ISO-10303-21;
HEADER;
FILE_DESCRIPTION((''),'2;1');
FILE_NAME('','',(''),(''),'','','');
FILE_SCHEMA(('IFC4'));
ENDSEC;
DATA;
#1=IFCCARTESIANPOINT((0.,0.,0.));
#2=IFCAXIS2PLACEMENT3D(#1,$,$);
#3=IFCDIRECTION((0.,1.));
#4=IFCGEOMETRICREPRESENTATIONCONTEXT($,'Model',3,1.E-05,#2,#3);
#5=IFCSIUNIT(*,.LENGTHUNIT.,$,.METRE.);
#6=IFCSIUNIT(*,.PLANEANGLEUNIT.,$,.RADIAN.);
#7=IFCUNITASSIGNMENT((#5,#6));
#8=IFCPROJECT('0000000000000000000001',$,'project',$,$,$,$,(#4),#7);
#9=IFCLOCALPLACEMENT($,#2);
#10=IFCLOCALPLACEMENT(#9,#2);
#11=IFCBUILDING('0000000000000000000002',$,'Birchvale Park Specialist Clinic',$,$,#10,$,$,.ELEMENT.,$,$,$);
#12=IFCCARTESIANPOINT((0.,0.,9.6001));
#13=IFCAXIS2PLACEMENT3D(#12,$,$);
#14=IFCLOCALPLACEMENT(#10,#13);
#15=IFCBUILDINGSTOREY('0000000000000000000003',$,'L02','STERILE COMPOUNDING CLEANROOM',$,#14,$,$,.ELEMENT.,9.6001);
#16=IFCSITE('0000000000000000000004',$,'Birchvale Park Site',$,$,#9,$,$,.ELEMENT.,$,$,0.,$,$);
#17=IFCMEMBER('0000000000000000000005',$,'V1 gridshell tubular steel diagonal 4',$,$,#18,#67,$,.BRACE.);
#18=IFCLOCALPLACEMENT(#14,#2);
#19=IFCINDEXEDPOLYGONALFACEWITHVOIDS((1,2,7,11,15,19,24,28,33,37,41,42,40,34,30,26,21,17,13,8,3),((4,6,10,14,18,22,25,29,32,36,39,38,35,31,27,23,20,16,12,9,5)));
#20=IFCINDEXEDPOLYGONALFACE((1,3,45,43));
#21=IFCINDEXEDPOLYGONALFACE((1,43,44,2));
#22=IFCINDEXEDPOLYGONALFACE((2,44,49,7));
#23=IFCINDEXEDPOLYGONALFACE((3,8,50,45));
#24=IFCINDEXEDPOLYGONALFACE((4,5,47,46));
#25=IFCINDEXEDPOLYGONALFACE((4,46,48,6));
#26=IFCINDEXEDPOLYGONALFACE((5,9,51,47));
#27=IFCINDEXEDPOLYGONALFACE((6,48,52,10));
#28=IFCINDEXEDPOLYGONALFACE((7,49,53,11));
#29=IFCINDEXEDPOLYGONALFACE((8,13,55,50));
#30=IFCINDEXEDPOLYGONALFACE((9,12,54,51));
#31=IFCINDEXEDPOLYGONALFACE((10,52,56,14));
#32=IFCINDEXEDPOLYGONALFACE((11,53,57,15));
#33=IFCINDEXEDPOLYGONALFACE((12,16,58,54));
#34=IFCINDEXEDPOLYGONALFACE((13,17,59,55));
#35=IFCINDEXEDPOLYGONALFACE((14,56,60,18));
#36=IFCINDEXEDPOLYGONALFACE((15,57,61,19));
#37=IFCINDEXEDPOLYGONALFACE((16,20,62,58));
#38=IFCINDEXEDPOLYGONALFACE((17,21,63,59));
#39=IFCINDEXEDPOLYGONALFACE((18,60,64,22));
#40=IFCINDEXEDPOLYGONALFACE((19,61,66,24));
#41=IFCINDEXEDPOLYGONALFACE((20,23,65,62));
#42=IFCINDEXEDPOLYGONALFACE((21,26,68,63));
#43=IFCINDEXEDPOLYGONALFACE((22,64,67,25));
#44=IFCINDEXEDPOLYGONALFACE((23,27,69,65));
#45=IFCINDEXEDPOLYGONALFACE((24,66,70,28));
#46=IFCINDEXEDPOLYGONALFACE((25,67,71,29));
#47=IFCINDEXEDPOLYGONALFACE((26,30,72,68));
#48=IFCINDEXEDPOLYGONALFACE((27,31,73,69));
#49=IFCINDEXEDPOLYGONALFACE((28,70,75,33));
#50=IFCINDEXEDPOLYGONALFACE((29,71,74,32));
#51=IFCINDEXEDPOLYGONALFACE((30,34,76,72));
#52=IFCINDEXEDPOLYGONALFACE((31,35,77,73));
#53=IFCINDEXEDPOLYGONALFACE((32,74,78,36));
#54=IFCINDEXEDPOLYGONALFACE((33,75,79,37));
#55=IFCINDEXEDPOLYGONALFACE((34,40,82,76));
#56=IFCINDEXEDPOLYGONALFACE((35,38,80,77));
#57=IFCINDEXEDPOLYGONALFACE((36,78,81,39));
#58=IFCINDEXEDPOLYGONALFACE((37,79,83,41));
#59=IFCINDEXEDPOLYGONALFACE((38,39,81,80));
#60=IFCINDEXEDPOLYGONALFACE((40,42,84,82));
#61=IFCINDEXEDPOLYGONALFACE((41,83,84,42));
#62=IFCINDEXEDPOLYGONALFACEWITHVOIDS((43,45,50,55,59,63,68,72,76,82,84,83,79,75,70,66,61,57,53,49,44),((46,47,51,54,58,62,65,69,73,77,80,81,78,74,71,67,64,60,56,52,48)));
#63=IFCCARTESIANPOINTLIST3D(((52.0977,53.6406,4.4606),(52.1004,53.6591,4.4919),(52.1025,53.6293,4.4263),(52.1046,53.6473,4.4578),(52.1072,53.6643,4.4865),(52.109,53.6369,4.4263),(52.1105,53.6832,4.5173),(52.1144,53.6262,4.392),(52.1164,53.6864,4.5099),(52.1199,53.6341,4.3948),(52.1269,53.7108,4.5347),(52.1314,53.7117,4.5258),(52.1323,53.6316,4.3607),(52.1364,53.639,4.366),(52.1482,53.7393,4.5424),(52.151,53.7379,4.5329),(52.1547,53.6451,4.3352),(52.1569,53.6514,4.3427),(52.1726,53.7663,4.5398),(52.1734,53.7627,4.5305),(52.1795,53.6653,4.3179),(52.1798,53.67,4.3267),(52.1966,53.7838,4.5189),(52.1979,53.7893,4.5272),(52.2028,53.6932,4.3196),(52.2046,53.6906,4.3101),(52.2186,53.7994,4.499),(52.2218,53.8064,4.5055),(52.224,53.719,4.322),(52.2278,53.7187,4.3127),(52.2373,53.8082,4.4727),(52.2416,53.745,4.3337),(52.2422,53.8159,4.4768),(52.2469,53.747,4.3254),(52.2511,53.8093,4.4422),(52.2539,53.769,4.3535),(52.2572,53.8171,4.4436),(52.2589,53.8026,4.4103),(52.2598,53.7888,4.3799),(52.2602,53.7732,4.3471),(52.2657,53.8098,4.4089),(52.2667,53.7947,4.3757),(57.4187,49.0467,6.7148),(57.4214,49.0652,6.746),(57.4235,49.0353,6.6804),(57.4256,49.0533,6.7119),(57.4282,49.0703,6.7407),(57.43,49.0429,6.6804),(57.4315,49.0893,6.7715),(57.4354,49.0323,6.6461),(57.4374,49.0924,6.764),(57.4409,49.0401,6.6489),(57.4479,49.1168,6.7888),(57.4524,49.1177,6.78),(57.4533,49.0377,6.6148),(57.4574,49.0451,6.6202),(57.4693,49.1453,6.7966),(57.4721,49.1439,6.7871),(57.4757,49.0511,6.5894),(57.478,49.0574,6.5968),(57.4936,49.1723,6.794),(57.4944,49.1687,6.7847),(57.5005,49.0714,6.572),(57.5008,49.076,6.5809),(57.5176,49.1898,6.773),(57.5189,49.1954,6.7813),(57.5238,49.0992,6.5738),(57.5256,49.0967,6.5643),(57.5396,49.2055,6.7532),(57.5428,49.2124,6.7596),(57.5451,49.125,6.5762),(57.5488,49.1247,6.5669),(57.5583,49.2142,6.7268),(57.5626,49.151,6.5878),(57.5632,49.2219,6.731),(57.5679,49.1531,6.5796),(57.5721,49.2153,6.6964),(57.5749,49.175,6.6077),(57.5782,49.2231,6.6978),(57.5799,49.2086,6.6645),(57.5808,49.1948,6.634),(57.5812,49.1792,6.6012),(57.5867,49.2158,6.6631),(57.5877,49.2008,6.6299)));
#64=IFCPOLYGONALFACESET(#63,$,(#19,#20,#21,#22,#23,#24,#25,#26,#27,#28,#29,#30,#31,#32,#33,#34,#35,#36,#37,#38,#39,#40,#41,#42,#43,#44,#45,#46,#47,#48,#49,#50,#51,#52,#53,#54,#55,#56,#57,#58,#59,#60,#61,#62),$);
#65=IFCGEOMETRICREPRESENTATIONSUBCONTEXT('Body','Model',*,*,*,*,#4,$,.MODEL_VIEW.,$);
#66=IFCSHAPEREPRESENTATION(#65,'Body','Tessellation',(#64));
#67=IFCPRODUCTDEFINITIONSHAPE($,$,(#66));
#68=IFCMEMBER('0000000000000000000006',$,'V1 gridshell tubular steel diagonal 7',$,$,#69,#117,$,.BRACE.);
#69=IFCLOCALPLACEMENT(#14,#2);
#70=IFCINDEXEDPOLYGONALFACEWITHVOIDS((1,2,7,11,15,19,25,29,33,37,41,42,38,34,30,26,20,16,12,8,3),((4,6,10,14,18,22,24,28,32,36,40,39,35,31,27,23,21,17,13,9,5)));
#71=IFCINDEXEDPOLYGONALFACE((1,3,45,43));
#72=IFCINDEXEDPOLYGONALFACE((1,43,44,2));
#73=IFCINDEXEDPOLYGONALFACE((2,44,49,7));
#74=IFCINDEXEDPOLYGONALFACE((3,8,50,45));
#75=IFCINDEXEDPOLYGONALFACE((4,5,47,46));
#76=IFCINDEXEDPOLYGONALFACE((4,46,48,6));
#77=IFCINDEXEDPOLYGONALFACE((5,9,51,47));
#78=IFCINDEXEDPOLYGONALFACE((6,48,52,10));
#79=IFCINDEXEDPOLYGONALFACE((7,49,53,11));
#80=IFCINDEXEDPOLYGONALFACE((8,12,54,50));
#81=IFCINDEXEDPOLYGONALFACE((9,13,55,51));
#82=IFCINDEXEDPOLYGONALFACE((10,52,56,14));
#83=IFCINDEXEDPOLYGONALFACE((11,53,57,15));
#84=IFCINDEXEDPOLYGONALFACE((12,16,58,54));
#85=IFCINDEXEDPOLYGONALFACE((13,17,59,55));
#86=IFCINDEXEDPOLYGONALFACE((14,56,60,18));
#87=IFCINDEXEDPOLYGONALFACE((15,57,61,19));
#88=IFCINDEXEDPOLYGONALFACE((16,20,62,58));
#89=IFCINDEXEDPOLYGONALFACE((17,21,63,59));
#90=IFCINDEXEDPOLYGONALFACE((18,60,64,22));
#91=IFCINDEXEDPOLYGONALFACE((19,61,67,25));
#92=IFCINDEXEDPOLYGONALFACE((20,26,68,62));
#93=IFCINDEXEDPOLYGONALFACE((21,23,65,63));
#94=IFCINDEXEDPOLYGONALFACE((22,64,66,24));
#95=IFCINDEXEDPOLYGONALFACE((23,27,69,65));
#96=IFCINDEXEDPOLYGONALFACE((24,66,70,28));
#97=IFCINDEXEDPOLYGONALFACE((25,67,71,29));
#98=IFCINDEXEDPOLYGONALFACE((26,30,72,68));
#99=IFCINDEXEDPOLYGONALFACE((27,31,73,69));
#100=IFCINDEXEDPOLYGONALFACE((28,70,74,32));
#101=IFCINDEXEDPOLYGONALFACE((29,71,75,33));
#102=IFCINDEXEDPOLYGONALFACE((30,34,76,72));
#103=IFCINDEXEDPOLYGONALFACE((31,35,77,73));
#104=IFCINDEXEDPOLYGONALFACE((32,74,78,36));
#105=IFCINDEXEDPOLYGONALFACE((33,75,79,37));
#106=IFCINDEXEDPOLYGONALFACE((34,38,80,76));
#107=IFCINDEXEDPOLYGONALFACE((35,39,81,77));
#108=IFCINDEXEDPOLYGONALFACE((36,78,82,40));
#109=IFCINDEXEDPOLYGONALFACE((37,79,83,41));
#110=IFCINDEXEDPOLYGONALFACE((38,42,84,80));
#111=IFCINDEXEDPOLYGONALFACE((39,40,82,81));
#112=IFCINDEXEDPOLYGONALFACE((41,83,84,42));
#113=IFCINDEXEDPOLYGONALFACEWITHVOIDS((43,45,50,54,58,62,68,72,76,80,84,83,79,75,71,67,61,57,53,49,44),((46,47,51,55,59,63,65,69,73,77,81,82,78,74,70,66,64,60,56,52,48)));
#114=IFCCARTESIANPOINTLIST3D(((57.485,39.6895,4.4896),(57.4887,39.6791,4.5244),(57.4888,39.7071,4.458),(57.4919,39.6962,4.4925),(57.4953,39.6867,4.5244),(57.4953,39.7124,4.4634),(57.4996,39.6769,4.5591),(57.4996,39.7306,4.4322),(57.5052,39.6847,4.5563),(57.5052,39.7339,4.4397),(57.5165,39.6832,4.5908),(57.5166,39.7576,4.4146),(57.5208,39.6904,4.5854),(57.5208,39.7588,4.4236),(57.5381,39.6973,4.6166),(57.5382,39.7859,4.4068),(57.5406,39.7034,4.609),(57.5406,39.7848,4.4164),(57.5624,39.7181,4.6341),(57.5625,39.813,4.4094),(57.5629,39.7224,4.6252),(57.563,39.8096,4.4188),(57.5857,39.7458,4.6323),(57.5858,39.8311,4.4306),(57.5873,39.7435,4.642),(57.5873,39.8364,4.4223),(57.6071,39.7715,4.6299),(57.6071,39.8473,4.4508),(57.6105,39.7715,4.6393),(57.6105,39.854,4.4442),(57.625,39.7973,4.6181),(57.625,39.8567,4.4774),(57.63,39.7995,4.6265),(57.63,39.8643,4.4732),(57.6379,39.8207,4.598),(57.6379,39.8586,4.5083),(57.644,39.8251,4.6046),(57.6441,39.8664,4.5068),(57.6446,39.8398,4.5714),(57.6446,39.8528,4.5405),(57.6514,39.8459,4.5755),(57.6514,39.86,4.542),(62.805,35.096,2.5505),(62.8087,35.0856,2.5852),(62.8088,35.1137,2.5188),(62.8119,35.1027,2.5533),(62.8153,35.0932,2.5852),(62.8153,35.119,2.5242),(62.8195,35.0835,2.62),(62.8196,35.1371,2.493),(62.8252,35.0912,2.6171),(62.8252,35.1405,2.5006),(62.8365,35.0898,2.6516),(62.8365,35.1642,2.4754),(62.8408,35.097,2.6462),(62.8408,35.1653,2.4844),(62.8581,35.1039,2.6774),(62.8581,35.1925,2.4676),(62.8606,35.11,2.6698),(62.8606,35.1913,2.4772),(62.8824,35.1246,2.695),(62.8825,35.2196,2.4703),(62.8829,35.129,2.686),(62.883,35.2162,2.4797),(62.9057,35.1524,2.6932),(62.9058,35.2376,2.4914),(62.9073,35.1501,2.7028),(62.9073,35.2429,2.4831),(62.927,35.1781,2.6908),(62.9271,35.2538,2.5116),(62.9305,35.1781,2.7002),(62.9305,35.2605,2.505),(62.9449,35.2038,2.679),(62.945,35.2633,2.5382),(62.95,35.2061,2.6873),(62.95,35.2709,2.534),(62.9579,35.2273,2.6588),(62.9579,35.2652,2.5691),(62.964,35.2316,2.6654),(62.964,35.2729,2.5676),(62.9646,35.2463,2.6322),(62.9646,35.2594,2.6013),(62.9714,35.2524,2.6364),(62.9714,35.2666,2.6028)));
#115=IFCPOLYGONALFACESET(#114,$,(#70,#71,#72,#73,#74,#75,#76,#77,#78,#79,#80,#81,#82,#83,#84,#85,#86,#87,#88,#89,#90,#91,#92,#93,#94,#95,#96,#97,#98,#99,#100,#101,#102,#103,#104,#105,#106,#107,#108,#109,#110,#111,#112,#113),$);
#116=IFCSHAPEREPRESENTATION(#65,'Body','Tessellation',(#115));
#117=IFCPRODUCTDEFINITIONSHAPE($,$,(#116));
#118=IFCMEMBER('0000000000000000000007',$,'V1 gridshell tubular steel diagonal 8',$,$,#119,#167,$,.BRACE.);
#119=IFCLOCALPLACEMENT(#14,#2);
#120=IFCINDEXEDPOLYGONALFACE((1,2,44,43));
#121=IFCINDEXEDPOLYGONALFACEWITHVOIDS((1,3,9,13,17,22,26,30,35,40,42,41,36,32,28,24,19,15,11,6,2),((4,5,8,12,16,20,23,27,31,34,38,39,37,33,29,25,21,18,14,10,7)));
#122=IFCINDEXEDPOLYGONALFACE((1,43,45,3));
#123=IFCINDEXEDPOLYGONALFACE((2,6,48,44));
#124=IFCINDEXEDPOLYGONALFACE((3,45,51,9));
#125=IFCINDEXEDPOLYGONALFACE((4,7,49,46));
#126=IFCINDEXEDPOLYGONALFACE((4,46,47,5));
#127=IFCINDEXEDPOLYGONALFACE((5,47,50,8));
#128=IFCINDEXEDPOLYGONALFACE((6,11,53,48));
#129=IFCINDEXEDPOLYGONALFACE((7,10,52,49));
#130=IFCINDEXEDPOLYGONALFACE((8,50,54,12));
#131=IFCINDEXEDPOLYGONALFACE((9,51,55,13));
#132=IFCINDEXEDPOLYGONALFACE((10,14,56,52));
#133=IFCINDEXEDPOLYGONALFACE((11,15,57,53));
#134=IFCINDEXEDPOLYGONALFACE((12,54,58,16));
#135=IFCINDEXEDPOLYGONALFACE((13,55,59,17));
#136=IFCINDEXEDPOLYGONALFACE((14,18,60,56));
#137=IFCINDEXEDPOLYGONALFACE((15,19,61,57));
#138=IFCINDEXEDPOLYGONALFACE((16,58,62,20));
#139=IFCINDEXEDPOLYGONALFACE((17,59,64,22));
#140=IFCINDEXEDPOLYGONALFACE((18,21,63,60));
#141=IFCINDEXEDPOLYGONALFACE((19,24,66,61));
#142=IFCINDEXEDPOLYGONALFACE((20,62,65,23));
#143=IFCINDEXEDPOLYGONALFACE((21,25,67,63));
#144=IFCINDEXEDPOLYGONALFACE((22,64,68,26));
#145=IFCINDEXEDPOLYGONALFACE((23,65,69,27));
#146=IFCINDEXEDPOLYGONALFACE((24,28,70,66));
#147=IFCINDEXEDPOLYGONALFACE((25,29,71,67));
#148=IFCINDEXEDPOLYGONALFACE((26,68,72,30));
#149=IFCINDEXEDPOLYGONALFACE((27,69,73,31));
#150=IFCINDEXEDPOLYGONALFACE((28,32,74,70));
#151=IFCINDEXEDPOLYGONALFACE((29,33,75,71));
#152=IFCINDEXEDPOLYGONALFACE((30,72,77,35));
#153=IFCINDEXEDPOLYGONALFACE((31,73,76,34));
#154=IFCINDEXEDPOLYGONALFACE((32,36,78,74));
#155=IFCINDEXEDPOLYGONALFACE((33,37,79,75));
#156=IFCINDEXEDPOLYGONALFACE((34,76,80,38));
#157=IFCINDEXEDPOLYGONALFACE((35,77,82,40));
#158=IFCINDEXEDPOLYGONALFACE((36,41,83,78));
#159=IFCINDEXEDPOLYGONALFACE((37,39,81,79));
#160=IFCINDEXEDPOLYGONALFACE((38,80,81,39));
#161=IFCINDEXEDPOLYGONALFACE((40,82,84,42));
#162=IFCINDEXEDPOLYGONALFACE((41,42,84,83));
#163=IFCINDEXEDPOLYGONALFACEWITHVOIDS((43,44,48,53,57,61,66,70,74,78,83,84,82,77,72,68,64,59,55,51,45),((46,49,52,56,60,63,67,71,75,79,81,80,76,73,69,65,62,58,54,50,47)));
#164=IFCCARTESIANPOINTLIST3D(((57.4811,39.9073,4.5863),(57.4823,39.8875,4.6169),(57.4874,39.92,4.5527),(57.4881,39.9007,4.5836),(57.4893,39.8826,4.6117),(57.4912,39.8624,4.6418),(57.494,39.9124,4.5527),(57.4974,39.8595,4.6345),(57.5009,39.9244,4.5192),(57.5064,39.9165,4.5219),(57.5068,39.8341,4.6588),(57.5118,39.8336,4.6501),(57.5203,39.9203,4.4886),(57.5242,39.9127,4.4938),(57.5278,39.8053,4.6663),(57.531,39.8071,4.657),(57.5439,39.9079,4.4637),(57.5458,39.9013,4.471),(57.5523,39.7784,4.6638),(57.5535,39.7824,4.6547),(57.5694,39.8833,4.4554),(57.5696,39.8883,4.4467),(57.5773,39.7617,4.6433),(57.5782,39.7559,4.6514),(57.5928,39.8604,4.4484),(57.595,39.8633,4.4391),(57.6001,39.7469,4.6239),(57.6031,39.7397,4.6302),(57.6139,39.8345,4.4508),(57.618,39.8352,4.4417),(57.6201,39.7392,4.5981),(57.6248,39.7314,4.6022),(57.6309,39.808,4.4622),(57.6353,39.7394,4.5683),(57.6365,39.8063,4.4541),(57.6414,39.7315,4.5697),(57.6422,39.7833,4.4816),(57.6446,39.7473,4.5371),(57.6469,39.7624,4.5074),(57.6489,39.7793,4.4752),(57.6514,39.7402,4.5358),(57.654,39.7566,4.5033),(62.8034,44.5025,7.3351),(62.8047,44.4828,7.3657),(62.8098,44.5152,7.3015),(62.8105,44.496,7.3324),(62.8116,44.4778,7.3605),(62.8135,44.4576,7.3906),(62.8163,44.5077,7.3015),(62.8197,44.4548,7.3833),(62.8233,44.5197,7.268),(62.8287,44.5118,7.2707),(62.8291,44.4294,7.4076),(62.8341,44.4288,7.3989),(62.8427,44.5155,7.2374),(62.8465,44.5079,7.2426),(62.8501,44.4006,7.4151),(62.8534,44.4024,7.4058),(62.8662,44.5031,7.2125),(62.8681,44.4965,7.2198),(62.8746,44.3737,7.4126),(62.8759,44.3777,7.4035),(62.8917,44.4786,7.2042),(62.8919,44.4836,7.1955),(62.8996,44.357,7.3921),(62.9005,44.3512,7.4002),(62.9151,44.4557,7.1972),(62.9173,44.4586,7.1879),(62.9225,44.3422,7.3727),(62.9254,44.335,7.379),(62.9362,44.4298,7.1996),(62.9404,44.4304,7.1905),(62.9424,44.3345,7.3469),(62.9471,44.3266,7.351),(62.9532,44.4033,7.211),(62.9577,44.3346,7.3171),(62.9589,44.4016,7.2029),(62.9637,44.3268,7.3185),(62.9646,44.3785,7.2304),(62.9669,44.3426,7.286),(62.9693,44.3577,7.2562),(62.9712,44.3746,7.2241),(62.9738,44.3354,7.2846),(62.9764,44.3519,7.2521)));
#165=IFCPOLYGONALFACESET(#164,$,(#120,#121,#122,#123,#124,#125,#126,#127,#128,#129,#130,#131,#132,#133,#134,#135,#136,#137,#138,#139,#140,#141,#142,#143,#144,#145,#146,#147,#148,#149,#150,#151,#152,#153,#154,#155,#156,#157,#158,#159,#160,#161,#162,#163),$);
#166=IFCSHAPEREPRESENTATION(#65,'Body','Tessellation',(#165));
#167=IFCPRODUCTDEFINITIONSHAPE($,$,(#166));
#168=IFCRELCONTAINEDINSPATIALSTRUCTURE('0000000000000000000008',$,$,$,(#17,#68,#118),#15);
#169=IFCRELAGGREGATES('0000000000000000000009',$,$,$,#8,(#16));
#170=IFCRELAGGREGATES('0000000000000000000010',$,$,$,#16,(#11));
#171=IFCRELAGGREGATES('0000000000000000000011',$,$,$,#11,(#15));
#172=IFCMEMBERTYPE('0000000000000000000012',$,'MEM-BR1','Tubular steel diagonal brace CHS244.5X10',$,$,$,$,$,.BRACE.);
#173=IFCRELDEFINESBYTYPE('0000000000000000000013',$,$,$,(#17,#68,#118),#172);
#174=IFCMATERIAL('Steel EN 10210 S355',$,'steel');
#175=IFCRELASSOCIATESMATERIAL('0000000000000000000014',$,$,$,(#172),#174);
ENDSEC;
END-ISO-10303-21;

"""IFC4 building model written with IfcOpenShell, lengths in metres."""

from ifc_helpers import new_model, si_unit, direction, frame, origin, origin_2d, place, context, subcontext, project, spatial, hollow_circle, extrude, material, material_profile, profile_set, type_object, element, save


model = new_model("IFC4")

# Units and contexts
model_context = context("Model", 3, precision=1e-05, world=origin(), true_north=direction((0.0, 1.0)))
body_context = subcontext(model_context, "Body", "Model", "MODEL_VIEW")
ifc_project = project(units=[si_unit("LENGTHUNIT", "METRE"), si_unit("PLANEANGLEUNIT", "RADIAN")], contexts=[model_context])

# Site, building, storey
site_placement = place(None, origin())
site = spatial("IfcSite", under=ifc_project, at=site_placement, Name="Birchvale Park Site", CompositionType="ELEMENT", RefElevation=0.0)
building_placement = place(site_placement, origin())
building = spatial("IfcBuilding", under=site, at=building_placement, Name="Birchvale Park Specialist Clinic", CompositionType="ELEMENT")
storey_placement = place(building_placement, frame((0.0, 0.0, 9.6001)))
storey = spatial("IfcBuildingStorey", under=building, at=storey_placement, Name="L02", Description="STERILE COMPOUNDING CLEANROOM", CompositionType="ELEMENT", Elevation=9.6001)

# Members
ifc_material_1 = material(Name="Steel EN 10210 S355", Category="steel")
ifc_material_profile_1 = material_profile(ifc_material_1, hollow_circle(Radius=0.1223, WallThickness=0.01, at=origin_2d()), Name="CHS244.5X10")
ifc_profile_set_1 = profile_set([ifc_material_profile_1], Name="Steel EN 10210 S355")
member_type_1 = type_object("IfcMemberType", Name="MEM-BR1", Description="Tubular steel diagonal brace CHS244.5X10", PredefinedType="BRACE", material=ifc_profile_set_1)
for number, where, z_axis, x_axis, name in (
    (1, (57.5034, 49.1279, 6.6804), (-0.720777, 0.622292, -0.305342), (-0.653501, -0.756925, 0.0), "V1 gridshell tubular steel diagonal 4"),
):
    element("IfcMember", number, at=place(storey_placement, frame(where, z_axis=z_axis, x_axis=x_axis)), inside=storey, type_object=member_type_1, Name=name, PredefinedType="BRACE", context=body_context, shape_type="SweptSolid", body=[
        extrude(hollow_circle(Radius=0.1223, WallThickness=0.01, at=origin_2d()), origin(), (0.0, 0.0, 1.0), 7.3823),
    ])
member_1_placement = place(storey_placement, frame((62.8887, 35.1782, 2.5852), z_axis=(-0.72964, 0.629993, 0.26596), x_axis=(-0.65353, -0.7569, 0.0)))
element("IfcMember", 2, at=member_1_placement, inside=storey, type_object=member_type_1, Name="V1 gridshell tubular steel diagonal 7", PredefinedType="BRACE", context=body_context, shape_type="SweptSolid", body=[
    extrude(hollow_circle(Radius=0.1223, WallThickness=0.01, at=origin_2d()), origin(), (0.0, 0.0, 1.0), 7.2913),
])
member_2_placement = place(storey_placement, frame((57.5674, 39.8274, 4.5527), z_axis=(0.704962, 0.60866, 0.36409), x_axis=(-0.653515, 0.756914, 0.0)))
element("IfcMember", 3, at=member_2_placement, inside=storey, type_object=member_type_1, Name="V1 gridshell tubular steel diagonal 8", PredefinedType="BRACE", context=body_context, shape_type="SweptSolid", body=[
    extrude(hollow_circle(Radius=0.1223, WallThickness=0.01, at=origin_2d()), origin(), (0.0, 0.0, 1.0), 7.5498),
])

save(model, "model.ifc")
